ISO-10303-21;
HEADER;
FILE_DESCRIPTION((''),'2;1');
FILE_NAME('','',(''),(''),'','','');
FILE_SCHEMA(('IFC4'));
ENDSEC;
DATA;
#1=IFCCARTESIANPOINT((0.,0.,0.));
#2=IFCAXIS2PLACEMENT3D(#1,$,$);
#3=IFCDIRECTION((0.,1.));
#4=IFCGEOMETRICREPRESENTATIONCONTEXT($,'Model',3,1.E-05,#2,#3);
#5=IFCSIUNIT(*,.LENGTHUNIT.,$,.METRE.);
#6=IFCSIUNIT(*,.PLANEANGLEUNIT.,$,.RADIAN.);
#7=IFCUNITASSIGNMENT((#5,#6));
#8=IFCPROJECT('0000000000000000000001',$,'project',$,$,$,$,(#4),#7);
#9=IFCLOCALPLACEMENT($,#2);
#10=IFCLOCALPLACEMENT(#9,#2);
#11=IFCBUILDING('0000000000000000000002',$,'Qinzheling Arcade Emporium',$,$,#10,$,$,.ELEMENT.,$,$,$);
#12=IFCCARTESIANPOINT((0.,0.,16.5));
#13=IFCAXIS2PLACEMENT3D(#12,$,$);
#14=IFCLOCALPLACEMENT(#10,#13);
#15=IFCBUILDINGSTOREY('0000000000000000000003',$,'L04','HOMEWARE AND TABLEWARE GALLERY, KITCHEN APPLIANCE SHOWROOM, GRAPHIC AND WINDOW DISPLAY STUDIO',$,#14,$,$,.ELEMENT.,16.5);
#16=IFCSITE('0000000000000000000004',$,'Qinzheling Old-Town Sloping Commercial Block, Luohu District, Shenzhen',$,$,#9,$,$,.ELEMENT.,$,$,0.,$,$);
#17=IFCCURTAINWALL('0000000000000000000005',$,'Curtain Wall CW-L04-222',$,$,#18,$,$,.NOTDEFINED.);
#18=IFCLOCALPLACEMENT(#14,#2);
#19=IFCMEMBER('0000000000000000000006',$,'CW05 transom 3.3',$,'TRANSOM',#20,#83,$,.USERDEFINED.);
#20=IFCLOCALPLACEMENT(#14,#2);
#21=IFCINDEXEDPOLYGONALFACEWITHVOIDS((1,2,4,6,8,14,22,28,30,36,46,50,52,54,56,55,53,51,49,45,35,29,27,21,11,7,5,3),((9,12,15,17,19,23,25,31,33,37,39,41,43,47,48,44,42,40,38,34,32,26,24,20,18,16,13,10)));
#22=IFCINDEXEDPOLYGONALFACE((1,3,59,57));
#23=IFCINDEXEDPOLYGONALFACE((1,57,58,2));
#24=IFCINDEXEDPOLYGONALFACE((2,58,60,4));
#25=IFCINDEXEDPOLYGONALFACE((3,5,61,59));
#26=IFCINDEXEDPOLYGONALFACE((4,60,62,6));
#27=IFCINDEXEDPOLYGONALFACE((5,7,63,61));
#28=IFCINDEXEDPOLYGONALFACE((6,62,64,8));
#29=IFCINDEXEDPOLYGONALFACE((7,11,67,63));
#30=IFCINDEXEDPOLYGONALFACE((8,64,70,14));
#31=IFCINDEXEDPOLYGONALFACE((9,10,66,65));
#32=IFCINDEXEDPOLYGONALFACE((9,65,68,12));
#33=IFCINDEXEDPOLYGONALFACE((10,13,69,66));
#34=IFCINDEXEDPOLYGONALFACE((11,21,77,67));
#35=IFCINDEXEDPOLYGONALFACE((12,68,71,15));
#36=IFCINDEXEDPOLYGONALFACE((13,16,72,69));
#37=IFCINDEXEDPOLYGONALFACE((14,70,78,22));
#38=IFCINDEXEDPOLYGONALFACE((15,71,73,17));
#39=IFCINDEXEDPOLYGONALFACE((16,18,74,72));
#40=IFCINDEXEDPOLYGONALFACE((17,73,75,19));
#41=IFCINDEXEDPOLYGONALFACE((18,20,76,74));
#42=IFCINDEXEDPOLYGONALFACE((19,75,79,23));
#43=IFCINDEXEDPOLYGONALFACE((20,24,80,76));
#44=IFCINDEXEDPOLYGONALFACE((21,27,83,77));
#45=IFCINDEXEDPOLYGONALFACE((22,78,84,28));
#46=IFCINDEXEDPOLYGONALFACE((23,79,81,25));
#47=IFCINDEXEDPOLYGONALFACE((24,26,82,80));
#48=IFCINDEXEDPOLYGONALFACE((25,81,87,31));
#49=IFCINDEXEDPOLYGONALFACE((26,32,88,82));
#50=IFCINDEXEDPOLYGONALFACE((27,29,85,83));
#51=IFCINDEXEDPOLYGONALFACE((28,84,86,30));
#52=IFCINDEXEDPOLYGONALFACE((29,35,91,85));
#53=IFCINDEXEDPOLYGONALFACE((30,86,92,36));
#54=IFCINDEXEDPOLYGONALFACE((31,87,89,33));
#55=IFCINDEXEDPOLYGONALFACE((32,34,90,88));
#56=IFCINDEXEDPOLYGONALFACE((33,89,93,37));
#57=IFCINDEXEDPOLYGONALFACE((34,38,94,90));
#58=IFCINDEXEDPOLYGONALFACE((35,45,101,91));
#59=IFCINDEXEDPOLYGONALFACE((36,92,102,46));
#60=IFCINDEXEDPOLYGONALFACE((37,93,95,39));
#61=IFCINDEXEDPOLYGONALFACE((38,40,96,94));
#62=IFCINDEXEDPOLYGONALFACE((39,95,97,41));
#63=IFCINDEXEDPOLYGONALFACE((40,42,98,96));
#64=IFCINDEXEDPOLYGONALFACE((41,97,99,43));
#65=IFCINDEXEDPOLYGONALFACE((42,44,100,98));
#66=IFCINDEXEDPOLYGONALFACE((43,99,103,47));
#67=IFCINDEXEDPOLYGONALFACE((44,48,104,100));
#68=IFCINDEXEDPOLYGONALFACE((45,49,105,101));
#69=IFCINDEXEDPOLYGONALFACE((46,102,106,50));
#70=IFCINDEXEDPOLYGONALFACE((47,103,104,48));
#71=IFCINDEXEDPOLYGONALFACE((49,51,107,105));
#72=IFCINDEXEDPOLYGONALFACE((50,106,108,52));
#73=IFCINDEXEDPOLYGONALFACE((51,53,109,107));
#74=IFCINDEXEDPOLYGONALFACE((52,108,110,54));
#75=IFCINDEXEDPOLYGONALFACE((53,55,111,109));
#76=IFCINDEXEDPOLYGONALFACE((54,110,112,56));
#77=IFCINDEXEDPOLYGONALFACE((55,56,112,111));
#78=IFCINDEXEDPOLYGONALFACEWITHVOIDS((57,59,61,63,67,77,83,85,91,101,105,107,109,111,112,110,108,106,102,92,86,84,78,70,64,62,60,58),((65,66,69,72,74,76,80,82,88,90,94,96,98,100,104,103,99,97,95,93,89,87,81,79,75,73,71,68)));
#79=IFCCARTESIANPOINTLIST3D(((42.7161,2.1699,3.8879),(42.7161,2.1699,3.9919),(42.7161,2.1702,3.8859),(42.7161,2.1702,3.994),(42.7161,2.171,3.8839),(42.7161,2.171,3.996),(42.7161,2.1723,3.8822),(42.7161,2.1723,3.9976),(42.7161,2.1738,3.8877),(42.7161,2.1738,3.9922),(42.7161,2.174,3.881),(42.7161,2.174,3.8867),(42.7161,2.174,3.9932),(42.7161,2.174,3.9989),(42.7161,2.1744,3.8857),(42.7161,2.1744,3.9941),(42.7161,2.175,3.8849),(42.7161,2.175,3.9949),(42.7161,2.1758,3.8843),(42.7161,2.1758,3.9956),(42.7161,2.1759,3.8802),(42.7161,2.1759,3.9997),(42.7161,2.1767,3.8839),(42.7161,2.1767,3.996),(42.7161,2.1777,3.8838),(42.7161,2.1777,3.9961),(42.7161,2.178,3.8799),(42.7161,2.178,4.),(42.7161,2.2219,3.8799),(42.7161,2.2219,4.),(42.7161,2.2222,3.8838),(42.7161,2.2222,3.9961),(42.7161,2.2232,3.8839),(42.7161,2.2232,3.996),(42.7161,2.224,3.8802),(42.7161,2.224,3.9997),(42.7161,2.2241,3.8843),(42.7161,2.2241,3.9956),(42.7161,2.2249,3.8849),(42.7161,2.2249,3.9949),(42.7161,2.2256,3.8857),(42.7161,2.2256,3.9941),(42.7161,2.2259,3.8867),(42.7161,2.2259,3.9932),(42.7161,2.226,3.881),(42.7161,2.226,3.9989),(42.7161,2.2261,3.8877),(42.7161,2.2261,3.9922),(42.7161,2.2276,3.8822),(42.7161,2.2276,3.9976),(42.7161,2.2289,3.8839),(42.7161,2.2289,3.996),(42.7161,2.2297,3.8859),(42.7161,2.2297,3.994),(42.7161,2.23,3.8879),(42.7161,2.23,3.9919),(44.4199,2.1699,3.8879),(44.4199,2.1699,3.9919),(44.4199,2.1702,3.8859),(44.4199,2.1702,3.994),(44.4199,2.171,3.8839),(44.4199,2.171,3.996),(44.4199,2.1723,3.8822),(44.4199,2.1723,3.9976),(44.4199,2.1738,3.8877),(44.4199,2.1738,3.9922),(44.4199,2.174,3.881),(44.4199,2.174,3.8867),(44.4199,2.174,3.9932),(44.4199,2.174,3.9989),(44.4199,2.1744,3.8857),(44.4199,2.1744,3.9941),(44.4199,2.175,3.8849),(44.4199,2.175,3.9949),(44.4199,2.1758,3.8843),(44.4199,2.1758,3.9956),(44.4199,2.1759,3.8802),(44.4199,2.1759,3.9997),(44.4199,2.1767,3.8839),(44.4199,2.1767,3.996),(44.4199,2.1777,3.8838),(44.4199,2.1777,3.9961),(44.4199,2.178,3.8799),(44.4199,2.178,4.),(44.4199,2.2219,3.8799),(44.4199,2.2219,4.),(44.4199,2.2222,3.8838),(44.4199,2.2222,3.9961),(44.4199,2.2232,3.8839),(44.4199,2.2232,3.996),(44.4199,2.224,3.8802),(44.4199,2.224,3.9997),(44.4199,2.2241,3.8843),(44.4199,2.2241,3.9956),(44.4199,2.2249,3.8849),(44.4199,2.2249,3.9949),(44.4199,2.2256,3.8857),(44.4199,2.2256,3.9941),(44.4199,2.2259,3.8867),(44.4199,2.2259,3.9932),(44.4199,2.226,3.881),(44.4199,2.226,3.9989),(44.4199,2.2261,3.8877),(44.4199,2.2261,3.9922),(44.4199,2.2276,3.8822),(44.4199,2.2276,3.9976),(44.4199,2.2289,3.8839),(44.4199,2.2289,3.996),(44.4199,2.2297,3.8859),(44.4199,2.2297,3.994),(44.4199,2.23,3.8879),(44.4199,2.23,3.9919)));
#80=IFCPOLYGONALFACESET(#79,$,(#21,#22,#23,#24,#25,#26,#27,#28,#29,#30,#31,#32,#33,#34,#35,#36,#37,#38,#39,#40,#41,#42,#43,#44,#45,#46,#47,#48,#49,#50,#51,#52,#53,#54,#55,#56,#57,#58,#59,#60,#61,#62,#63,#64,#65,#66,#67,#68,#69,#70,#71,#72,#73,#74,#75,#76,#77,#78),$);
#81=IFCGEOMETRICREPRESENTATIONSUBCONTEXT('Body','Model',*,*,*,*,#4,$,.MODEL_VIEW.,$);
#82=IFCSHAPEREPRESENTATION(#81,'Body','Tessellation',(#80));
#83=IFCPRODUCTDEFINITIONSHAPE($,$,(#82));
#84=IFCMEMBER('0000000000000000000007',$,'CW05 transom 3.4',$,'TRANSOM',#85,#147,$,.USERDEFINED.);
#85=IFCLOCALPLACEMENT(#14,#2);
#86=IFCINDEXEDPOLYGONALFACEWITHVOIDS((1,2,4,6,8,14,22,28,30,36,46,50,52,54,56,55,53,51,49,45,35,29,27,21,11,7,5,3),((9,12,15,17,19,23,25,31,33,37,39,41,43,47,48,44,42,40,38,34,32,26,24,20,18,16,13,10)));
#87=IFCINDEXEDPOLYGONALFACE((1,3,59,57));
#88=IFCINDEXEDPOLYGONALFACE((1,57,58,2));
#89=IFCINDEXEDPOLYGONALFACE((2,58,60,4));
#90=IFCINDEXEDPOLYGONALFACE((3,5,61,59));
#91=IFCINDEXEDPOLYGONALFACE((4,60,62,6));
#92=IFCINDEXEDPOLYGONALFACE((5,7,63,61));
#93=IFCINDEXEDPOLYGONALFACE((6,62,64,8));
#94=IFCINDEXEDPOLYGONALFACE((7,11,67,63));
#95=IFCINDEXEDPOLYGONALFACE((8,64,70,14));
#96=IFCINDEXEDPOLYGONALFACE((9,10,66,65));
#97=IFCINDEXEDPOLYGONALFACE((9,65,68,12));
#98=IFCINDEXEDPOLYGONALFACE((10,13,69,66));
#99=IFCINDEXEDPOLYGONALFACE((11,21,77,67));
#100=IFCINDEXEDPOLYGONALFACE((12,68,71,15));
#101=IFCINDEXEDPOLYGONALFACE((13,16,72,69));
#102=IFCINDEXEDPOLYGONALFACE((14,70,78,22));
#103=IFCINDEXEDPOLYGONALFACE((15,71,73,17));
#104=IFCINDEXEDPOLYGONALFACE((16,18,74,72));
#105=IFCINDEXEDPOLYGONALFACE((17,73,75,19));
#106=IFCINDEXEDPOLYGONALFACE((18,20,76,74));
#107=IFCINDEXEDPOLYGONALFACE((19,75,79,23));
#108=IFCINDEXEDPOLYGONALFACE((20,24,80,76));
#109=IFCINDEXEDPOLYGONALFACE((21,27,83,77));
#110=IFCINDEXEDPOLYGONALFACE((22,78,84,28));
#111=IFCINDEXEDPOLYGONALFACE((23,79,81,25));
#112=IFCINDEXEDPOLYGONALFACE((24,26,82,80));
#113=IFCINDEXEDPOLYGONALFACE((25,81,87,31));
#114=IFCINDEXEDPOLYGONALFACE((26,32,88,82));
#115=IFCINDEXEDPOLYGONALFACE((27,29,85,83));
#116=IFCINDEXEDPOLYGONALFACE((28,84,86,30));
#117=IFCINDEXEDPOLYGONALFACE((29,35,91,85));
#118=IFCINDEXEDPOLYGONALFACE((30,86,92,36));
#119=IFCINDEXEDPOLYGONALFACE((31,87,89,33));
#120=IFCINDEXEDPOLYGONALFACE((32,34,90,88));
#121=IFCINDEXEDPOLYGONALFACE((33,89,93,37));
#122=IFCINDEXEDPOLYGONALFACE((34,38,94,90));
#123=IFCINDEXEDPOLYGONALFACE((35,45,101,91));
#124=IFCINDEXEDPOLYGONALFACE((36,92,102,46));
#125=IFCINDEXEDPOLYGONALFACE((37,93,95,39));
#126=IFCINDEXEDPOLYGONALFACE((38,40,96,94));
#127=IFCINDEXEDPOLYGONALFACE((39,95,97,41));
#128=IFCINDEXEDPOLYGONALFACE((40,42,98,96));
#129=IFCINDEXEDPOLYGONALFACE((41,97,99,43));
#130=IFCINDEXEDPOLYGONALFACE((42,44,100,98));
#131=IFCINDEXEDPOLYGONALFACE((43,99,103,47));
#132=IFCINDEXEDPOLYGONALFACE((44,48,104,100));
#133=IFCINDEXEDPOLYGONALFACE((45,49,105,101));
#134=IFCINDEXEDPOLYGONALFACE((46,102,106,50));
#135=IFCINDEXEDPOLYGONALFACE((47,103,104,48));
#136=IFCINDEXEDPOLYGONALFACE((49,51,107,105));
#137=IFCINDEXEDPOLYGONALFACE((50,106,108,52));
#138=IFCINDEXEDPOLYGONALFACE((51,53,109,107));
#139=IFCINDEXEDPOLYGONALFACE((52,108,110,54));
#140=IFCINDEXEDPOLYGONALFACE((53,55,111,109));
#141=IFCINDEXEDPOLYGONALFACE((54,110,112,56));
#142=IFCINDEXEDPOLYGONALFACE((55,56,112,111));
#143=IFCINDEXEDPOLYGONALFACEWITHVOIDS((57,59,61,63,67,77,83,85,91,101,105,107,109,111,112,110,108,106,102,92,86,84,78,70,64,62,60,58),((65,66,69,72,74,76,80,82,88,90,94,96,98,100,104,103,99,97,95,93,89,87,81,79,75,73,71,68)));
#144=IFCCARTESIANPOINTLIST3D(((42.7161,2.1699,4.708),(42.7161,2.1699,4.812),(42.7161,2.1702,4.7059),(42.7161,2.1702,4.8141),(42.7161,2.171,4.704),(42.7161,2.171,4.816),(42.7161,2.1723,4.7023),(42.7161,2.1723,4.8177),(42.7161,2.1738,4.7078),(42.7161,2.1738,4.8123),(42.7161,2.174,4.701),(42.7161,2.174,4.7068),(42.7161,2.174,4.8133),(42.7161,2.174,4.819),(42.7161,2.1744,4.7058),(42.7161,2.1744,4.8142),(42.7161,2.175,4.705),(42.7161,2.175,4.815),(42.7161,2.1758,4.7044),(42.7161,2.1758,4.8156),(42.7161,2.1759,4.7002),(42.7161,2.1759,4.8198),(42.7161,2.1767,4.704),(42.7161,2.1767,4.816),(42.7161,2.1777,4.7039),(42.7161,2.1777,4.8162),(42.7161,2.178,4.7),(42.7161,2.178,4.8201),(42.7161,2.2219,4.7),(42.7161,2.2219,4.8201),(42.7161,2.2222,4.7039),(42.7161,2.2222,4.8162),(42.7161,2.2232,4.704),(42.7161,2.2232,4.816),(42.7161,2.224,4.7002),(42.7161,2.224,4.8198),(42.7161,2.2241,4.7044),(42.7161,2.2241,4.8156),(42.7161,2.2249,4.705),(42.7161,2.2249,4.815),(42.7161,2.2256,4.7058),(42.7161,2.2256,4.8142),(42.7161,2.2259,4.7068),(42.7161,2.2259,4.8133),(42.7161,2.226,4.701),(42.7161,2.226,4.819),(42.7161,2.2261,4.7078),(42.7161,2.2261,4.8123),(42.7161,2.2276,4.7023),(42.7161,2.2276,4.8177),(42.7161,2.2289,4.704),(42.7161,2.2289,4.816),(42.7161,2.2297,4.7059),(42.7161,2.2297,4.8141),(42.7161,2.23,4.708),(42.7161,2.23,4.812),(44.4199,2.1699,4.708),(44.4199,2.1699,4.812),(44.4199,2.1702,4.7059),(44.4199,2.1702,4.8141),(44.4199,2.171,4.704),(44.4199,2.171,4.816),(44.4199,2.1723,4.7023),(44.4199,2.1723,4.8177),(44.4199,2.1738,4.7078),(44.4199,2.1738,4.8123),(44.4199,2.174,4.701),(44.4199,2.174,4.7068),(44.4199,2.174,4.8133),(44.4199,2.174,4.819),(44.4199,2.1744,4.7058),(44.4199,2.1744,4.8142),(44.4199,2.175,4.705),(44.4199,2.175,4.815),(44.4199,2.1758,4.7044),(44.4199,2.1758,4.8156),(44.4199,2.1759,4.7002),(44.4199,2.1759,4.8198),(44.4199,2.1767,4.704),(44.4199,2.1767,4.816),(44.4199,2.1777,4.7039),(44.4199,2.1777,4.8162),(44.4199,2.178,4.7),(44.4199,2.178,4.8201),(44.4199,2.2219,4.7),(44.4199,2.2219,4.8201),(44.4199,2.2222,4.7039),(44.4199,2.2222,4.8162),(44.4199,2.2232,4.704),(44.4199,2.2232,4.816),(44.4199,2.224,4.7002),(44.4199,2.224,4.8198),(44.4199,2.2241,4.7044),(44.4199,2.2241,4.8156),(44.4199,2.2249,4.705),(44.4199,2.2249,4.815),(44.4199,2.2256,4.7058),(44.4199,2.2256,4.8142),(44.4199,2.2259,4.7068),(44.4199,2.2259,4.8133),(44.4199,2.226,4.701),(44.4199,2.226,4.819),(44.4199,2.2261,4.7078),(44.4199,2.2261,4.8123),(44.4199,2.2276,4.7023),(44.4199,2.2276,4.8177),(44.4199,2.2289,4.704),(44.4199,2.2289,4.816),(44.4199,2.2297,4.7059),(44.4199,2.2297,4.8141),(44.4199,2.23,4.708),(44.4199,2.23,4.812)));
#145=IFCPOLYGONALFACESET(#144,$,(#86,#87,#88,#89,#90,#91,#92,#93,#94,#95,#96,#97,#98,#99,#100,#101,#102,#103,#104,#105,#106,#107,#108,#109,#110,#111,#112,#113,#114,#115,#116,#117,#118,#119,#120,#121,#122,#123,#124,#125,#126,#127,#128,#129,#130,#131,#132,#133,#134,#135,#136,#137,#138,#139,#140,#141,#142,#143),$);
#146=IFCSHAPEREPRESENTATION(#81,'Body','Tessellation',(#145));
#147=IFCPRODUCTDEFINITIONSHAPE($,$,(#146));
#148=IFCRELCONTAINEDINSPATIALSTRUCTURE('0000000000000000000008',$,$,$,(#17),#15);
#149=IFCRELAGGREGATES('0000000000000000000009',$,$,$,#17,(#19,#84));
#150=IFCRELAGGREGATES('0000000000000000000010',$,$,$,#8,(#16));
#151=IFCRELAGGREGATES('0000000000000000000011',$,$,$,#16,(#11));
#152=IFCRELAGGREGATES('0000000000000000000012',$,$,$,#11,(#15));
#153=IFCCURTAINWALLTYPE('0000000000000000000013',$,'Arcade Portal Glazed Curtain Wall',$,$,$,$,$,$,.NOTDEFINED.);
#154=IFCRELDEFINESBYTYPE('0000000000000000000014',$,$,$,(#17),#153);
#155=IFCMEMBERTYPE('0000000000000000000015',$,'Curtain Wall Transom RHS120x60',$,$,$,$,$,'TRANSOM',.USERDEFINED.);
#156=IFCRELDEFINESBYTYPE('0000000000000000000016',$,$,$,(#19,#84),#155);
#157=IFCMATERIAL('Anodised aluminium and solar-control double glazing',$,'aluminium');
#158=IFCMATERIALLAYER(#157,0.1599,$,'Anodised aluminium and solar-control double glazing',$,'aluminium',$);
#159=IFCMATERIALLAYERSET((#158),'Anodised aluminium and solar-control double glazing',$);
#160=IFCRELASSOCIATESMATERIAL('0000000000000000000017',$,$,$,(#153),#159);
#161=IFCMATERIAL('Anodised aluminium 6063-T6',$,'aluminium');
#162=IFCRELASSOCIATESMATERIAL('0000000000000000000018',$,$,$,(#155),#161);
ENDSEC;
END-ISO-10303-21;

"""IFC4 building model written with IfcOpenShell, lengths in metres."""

from ifc_helpers import new_model, si_unit, direction, frame, origin, origin_2d, place, context, subcontext, project, spatial, hollow_rectangle, extrude, material, layer, layer_set, material_profile, profile_set, type_object, element, aggregate, save


model = new_model("IFC4")

# Units and contexts
model_context = context("Model", 3, precision=1e-05, world=origin(), true_north=direction((0.0, 1.0)))
body_context = subcontext(model_context, "Body", "Model", "MODEL_VIEW")
ifc_project = project(units=[si_unit("LENGTHUNIT", "METRE"), si_unit("PLANEANGLEUNIT", "RADIAN")], contexts=[model_context])

# Site, building, storey
site_placement = place(None, origin())
site = spatial("IfcSite", under=ifc_project, at=site_placement, Name="Qinzheling Old-Town Sloping Commercial Block, Luohu District, Shenzhen", CompositionType="ELEMENT", RefElevation=0.0)
building_placement = place(site_placement, origin())
building = spatial("IfcBuilding", under=site, at=building_placement, Name="Qinzheling Arcade Emporium", CompositionType="ELEMENT")
storey_placement = place(building_placement, frame((0.0, 0.0, 16.5)))
storey = spatial("IfcBuildingStorey", under=building, at=storey_placement, Name="L04", Description="HOMEWARE AND TABLEWARE GALLERY, KITCHEN APPLIANCE SHOWROOM, GRAPHIC AND WINDOW DISPLAY STUDIO", CompositionType="ELEMENT", Elevation=16.5)

# Curtain wall
ifc_material_1 = material(Name="Anodised aluminium and solar-control double glazing", Category="aluminium")
ifc_layer_1 = layer(ifc_material_1, 0.1599, Name="Anodised aluminium and solar-control double glazing", Category="aluminium")
ifc_layer_set_1 = layer_set([ifc_layer_1], Name="Anodised aluminium and solar-control double glazing")
curtain_wall_type_1 = type_object("IfcCurtainWallType", Name="Arcade Portal Glazed Curtain Wall", PredefinedType="NOTDEFINED", material=ifc_layer_set_1)
ifc_material_2 = material(Name="Anodised aluminium 6063-T6", Category="aluminium")
curtain_wall_1_placement = place(storey_placement, origin())
curtain_wall_1 = element("IfcCurtainWall", 1, at=curtain_wall_1_placement, inside=storey, type_object=curtain_wall_type_1, Name="Curtain Wall CW-L04-222", PredefinedType="NOTDEFINED")

# Members
ifc_material_profile_1 = material_profile(ifc_material_2, hollow_rectangle(XDim=0.0601, YDim=0.1201, WallThickness=0.0039, InnerFilletRadius=0.0039, OuterFilletRadius=0.0081, at=origin_2d()), Name="RHS 120x60x4", Category="aluminium")
ifc_profile_set_1 = profile_set([ifc_material_profile_1], Name="Anodised aluminium 6063-T6")
member_type_1 = type_object("IfcMemberType", Name="Curtain Wall Transom RHS120x60", ElementType="TRANSOM", PredefinedType="USERDEFINED", material=ifc_profile_set_1)
member_1_placement = place(storey_placement, frame((44.4199, 2.2, 3.9399), z_axis=(-1.0, 0.0, 0.0), x_axis=(0.0, -1.0, 0.0)))
member_1 = element("IfcMember", 2, at=member_1_placement, type_object=member_type_1, Name="CW05 transom 3.3", ObjectType="TRANSOM", PredefinedType="USERDEFINED", context=body_context, shape_type="SweptSolid", body=[
    extrude(hollow_rectangle(XDim=0.0601, YDim=0.1201, WallThickness=0.0039, InnerFilletRadius=0.0039, OuterFilletRadius=0.0081, at=origin_2d()), origin(), (0.0, 0.0, 1.0), 1.7039),
])
member_2_placement = place(storey_placement, frame((44.4199, 2.2, 4.76), z_axis=(-1.0, 0.0, 0.0), x_axis=(0.0, -1.0, 0.0)))
member_2 = element("IfcMember", 3, at=member_2_placement, type_object=member_type_1, Name="CW05 transom 3.4", ObjectType="TRANSOM", PredefinedType="USERDEFINED", context=body_context, shape_type="SweptSolid", body=[
    extrude(hollow_rectangle(XDim=0.0601, YDim=0.1201, WallThickness=0.0039, InnerFilletRadius=0.0039, OuterFilletRadius=0.0081, at=origin_2d()), origin(), (0.0, 0.0, 1.0), 1.7039),
])

aggregate(curtain_wall_1, [member_1, member_2])

save(model, "model.ifc")
